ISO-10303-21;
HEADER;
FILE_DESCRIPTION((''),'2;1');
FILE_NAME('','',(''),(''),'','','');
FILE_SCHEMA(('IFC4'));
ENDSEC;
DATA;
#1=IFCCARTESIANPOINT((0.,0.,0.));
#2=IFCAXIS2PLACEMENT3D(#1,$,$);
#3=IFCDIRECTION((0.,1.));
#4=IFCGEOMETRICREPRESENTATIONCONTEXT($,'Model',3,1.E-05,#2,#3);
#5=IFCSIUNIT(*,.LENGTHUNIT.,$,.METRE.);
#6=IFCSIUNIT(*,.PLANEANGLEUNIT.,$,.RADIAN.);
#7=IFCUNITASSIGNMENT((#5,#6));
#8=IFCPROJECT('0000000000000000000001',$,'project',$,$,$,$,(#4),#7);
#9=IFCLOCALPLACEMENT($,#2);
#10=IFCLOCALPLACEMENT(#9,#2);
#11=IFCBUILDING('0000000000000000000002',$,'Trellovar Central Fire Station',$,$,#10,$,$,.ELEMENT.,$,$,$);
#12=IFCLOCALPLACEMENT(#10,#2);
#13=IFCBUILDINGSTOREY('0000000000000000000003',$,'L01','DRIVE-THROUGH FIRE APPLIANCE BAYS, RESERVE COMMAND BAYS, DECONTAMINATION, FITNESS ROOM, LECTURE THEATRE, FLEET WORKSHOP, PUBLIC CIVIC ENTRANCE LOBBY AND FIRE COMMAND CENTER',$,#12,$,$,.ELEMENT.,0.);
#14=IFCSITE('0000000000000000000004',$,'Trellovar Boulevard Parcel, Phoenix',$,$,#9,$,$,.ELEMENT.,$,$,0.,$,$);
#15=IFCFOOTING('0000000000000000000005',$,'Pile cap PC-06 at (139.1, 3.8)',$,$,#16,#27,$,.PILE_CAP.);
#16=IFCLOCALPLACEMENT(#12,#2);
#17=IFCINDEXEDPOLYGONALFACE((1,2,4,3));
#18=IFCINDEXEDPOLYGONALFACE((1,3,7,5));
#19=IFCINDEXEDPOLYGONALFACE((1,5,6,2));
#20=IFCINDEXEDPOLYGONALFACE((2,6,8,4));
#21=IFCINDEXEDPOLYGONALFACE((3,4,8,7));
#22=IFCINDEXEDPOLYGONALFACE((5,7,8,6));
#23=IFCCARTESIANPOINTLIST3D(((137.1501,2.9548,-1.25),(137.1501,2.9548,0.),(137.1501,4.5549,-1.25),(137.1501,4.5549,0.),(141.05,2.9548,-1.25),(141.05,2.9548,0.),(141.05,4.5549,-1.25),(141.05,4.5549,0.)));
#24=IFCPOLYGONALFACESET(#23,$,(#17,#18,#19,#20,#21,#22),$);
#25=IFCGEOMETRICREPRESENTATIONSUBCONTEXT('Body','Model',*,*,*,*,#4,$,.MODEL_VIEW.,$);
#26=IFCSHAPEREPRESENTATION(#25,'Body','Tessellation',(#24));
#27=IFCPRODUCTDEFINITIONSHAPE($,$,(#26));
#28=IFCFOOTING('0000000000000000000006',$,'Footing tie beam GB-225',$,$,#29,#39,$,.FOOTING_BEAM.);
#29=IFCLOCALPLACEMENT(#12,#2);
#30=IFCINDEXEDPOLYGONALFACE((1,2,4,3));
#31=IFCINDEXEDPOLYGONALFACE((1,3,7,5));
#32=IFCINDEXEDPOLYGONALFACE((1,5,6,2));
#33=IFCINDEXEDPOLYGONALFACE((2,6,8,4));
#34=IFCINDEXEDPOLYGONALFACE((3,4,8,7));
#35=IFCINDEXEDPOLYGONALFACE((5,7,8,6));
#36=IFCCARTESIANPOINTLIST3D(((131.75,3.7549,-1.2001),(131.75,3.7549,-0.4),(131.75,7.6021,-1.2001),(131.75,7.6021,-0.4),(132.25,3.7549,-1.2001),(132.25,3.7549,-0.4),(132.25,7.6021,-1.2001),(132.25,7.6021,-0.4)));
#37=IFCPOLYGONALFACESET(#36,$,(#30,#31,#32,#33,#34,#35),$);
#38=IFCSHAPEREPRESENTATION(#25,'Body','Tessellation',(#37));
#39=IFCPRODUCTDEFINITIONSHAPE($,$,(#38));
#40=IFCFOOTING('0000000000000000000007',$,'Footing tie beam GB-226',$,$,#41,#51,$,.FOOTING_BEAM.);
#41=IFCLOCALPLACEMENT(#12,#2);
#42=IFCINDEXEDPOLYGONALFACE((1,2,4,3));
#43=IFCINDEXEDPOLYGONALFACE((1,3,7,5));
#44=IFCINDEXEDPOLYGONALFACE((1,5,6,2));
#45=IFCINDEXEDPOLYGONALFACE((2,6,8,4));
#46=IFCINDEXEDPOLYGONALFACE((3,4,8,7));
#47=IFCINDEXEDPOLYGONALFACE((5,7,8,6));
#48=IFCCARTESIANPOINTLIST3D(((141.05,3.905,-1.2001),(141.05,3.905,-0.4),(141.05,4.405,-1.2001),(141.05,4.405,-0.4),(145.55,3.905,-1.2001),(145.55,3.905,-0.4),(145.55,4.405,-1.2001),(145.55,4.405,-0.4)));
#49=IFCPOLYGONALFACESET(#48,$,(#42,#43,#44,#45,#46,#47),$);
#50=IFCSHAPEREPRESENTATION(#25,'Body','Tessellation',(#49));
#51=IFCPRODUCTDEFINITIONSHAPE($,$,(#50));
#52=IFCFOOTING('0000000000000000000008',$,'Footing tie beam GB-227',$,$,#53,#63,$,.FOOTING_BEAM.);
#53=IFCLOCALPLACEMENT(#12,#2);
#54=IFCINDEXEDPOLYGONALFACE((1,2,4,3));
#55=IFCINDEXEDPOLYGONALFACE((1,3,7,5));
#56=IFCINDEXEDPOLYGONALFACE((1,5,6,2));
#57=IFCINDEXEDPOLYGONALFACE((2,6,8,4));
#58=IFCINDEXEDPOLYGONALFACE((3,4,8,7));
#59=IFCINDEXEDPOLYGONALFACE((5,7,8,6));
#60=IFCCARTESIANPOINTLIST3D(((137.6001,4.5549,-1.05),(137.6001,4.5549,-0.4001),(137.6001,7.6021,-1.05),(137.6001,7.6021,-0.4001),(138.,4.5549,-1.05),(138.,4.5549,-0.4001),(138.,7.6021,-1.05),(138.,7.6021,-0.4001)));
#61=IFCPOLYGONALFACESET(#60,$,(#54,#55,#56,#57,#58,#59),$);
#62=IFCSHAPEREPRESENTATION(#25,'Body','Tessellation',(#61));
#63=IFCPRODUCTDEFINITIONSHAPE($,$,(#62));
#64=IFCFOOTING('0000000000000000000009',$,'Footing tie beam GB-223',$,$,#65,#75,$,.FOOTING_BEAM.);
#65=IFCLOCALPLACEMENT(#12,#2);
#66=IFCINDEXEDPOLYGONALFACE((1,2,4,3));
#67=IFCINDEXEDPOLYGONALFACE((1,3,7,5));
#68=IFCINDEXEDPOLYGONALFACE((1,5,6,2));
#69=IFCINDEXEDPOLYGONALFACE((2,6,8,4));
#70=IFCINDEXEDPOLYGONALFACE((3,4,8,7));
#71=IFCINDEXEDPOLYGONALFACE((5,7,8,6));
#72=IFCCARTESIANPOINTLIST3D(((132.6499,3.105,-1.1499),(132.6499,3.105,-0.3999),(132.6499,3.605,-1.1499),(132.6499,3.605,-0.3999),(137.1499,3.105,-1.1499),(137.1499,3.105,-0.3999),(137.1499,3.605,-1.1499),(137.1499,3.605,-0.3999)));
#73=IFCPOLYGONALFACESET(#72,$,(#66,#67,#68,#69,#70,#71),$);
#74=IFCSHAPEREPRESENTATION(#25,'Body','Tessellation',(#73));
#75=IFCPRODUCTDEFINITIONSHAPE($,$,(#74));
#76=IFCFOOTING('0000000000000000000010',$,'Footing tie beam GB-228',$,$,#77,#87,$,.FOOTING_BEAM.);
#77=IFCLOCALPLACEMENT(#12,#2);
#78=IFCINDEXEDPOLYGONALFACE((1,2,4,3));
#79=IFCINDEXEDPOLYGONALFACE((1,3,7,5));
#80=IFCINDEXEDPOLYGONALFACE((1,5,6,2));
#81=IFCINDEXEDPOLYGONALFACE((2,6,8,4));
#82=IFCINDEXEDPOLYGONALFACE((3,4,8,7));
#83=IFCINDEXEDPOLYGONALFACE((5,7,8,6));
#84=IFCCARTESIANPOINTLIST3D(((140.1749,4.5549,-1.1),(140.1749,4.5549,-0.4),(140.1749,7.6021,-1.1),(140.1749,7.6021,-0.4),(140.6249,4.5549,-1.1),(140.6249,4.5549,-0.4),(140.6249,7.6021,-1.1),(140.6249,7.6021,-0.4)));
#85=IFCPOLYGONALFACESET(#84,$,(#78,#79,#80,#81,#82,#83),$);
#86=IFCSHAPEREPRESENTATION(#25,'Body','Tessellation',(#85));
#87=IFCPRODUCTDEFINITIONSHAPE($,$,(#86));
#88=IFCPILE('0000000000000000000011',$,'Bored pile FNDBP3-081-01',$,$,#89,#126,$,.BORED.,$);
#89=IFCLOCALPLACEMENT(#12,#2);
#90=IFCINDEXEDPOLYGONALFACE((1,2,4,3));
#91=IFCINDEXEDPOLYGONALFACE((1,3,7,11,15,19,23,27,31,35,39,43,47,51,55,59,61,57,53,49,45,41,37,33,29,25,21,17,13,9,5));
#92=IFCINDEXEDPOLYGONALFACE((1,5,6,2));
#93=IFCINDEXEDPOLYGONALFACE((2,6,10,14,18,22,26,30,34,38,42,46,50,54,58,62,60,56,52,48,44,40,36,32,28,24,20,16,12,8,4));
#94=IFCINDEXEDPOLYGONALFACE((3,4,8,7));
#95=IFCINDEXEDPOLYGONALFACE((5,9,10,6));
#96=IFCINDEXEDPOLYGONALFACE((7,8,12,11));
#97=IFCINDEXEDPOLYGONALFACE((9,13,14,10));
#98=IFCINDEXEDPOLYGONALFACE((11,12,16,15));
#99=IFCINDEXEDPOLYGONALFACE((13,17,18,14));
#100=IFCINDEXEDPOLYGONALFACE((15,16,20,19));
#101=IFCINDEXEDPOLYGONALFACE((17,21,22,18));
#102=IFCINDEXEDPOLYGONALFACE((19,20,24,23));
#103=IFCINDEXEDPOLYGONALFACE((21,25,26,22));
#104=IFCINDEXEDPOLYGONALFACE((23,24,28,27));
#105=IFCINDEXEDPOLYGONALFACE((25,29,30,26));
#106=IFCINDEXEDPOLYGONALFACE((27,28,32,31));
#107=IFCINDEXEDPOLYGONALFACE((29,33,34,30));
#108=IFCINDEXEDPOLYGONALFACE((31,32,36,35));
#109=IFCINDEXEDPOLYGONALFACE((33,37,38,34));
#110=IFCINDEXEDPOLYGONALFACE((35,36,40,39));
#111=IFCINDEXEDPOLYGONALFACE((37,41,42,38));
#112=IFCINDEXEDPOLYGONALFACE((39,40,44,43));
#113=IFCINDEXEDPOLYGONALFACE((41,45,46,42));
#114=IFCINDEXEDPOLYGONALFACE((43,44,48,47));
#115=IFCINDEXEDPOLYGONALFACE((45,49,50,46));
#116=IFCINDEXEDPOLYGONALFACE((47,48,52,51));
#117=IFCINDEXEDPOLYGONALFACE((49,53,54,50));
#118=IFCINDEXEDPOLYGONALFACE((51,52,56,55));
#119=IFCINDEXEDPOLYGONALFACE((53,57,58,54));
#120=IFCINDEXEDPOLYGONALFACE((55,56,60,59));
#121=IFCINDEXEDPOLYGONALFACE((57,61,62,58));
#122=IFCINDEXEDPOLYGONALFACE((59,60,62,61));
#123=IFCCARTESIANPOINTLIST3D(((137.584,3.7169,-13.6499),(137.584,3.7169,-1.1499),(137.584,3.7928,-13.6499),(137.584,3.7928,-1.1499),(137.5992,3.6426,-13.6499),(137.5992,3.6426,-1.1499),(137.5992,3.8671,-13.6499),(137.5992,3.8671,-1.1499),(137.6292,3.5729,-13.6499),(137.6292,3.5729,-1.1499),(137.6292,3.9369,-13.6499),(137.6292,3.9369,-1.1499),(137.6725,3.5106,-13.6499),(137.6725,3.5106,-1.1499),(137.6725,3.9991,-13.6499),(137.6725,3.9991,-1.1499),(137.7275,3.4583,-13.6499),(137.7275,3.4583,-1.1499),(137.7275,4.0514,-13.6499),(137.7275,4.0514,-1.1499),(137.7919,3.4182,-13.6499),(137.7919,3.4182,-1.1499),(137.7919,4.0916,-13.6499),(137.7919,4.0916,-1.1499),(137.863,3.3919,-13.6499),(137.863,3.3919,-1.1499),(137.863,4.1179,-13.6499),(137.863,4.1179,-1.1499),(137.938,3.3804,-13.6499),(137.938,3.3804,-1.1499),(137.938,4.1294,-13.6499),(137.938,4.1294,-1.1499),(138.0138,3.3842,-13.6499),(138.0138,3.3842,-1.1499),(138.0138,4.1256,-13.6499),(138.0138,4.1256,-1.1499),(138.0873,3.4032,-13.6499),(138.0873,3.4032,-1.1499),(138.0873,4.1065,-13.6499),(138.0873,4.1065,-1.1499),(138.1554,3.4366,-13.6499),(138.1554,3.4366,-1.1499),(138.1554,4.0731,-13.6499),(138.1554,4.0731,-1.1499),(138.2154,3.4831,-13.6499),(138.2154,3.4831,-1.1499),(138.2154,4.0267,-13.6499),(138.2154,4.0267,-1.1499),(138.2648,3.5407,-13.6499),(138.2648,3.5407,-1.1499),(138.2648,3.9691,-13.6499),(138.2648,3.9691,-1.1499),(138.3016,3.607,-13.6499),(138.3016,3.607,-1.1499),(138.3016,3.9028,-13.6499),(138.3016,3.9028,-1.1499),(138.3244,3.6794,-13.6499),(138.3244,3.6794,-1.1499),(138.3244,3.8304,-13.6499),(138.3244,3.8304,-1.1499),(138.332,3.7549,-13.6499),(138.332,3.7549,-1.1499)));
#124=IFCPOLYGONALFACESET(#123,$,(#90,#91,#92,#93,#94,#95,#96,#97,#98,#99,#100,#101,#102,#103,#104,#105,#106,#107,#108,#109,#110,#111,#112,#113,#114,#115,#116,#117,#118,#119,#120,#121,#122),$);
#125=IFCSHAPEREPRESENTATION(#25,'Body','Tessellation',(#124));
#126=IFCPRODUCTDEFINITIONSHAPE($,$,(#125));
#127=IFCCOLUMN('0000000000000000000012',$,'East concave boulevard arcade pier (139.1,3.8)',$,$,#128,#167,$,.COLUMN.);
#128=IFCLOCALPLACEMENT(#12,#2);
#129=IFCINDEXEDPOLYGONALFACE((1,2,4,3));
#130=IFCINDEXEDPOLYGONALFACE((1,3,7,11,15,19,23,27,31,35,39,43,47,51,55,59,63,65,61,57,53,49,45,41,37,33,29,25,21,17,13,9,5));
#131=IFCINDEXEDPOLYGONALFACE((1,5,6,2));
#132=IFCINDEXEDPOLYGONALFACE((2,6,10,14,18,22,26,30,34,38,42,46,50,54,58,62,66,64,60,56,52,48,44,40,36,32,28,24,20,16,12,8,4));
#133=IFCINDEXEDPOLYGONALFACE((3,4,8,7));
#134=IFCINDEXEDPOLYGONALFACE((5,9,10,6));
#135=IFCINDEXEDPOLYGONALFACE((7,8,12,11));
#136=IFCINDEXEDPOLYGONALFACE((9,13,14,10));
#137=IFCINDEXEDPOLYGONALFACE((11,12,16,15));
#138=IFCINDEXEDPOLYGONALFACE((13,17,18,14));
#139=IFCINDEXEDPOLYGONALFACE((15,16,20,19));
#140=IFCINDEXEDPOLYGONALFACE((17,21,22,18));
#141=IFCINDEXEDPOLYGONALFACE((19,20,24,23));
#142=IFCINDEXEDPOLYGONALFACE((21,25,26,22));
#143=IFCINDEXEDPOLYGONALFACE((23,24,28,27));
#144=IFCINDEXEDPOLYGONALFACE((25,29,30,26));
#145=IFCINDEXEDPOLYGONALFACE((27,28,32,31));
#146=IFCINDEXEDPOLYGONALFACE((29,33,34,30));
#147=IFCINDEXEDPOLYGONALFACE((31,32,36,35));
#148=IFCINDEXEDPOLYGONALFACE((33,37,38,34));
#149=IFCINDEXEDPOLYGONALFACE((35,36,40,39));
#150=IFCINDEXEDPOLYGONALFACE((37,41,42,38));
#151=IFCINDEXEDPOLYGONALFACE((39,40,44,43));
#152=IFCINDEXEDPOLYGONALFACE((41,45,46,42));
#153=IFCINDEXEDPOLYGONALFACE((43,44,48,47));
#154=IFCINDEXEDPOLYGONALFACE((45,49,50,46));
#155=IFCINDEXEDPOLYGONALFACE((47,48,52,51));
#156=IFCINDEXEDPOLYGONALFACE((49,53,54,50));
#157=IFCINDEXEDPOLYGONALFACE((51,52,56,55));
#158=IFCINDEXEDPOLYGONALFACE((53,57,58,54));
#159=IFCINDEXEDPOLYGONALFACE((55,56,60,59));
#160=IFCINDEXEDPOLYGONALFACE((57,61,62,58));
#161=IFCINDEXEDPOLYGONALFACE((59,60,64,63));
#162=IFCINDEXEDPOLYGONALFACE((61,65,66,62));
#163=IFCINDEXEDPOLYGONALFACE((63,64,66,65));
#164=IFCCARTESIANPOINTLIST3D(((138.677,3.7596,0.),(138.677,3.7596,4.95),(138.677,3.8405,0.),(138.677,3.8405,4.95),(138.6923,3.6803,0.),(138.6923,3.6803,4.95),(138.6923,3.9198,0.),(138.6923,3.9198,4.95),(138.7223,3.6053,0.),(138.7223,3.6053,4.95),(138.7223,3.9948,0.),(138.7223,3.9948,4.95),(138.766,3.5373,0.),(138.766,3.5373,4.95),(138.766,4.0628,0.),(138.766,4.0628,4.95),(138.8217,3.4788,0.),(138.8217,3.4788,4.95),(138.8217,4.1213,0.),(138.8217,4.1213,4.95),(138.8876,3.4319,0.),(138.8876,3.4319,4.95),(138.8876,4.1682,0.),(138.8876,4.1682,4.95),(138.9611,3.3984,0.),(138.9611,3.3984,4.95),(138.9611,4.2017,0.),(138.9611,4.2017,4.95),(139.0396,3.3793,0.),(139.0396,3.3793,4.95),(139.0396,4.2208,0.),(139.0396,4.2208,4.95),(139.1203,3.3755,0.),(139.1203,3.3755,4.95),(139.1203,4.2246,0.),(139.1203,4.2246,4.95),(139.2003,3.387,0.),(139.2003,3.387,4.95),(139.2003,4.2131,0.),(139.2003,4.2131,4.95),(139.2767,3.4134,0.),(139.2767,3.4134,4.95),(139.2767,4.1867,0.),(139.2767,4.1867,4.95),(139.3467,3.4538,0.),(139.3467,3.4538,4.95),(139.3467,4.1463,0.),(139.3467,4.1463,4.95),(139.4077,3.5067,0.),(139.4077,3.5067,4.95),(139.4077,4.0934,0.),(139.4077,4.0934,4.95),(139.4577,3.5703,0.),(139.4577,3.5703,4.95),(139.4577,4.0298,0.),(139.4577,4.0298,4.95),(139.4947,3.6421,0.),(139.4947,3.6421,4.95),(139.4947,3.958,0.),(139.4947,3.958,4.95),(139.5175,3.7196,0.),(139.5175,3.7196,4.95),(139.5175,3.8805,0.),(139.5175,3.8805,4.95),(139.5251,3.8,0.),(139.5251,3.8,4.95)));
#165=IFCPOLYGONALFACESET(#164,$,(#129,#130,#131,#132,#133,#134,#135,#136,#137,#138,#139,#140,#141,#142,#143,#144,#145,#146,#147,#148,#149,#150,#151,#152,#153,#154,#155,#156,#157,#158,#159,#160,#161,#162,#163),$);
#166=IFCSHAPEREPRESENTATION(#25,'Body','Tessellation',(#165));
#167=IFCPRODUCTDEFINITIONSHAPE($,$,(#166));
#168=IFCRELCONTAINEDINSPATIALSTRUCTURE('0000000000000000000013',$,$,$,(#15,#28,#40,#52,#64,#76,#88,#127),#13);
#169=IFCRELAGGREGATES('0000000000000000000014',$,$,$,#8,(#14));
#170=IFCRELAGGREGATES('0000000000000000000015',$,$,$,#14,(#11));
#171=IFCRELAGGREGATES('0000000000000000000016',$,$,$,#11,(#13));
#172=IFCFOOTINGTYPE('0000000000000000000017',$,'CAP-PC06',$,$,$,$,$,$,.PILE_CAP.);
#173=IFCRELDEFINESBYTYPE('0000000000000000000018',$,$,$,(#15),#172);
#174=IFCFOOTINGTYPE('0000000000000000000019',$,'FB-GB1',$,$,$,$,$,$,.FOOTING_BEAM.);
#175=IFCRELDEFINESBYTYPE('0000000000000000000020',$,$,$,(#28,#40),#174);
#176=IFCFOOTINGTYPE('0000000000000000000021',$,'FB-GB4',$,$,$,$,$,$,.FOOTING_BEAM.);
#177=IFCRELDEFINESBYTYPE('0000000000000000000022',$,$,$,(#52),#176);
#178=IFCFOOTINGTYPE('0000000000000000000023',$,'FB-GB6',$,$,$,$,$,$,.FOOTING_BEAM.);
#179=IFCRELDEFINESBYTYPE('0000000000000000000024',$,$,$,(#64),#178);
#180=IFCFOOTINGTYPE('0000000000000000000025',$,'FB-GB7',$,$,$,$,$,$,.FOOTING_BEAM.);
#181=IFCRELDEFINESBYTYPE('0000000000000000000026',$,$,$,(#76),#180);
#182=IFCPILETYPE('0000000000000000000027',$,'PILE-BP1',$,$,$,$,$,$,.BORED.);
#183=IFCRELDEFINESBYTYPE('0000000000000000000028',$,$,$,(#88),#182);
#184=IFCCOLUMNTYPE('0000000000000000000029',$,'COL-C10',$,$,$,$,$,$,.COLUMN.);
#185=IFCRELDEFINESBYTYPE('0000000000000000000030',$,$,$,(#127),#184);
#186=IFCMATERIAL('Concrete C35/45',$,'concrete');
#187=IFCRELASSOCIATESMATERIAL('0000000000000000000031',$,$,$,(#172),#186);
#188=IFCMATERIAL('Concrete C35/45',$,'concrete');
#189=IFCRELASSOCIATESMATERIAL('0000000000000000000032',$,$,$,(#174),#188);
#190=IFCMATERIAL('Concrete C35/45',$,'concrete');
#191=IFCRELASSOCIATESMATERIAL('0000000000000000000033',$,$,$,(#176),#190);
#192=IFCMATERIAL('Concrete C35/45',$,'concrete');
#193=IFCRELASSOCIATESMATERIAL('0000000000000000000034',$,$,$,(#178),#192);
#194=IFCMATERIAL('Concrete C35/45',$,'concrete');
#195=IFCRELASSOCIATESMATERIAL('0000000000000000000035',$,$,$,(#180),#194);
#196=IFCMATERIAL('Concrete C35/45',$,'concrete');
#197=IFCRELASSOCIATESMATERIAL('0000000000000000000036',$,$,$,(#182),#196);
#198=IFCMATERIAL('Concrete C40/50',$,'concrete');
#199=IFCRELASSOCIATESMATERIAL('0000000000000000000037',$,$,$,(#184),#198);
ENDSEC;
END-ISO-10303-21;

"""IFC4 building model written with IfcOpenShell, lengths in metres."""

from ifc_helpers import new_model, si_unit, direction, frame, origin, origin_2d, place, context, subcontext, project, spatial, rectangle, circle, extrude, material, material_profile, profile_set, type_object, element, save


model = new_model("IFC4")

# Units and contexts
model_context = context("Model", 3, precision=1e-05, world=origin(), true_north=direction((0.0, 1.0)))
body_context = subcontext(model_context, "Body", "Model", "MODEL_VIEW")
ifc_project = project(units=[si_unit("LENGTHUNIT", "METRE"), si_unit("PLANEANGLEUNIT", "RADIAN")], contexts=[model_context])

# Site, building, storey
site_placement = place(None, origin())
site = spatial("IfcSite", under=ifc_project, at=site_placement, Name="Trellovar Boulevard Parcel, Phoenix", CompositionType="ELEMENT", RefElevation=0.0)
building_placement = place(site_placement, origin())
building = spatial("IfcBuilding", under=site, at=building_placement, Name="Trellovar Central Fire Station", CompositionType="ELEMENT")
storey_placement = place(building_placement, origin())
storey = spatial("IfcBuildingStorey", under=building, at=storey_placement, Name="L01", Description="DRIVE-THROUGH FIRE APPLIANCE BAYS, RESERVE COMMAND BAYS, DECONTAMINATION, FITNESS ROOM, LECTURE THEATRE, FLEET WORKSHOP, PUBLIC CIVIC ENTRANCE LOBBY AND FIRE COMMAND CENTER", CompositionType="ELEMENT", Elevation=0.0)

# Footings
ifc_material_1 = material(Name="Concrete C35/45", Category="concrete")
footing_type_1 = type_object("IfcFootingType", Name="CAP-PC06", PredefinedType="PILE_CAP", material=ifc_material_1)
footing_1_placement = place(storey_placement, frame((139.1001, 3.7549, -1.25), z_axis=(0.0, 0.0, 1.0), x_axis=(1.0, 0.0, 0.0)))
element("IfcFooting", 1, at=footing_1_placement, inside=storey, type_object=footing_type_1, Name="Pile cap PC-06 at (139.1, 3.8)", PredefinedType="PILE_CAP", context=body_context, shape_type="SweptSolid", body=[
    extrude(rectangle(XDim=3.8999, YDim=1.6001, at=origin_2d()), origin(), (0.0, 0.0, 1.0), 1.25),
])
ifc_material_2 = material(Name="Concrete C35/45", Category="concrete")
ifc_material_profile_1 = material_profile(ifc_material_2, rectangle(XDim=0.5, YDim=0.8, at=origin_2d()), Name="RC500X800")
ifc_profile_set_1 = profile_set([ifc_material_profile_1], Name="Concrete C35/45")
footing_type_2 = type_object("IfcFootingType", Name="FB-GB1", PredefinedType="FOOTING_BEAM", material=ifc_profile_set_1)
footing_2_placement = place(storey_placement, frame((132.0, 3.7549, -0.8), z_axis=(0.0, 1.0, 0.0), x_axis=(-1.0, 0.0, 0.0)))
element("IfcFooting", 2, at=footing_2_placement, inside=storey, type_object=footing_type_2, Name="Footing tie beam GB-225", PredefinedType="FOOTING_BEAM", context=body_context, shape_type="SweptSolid", body=[
    extrude(rectangle(XDim=0.5, YDim=0.8, at=origin_2d()), origin(), (0.0, 0.0, 1.0), 3.8472),
])
footing_3_placement = place(storey_placement, frame((141.05, 4.155, -0.8), z_axis=(1.0, 0.0, 0.0), x_axis=(0.0, 1.0, 0.0)))
element("IfcFooting", 3, at=footing_3_placement, inside=storey, type_object=footing_type_2, Name="Footing tie beam GB-226", PredefinedType="FOOTING_BEAM", context=body_context, shape_type="SweptSolid", body=[
    extrude(rectangle(XDim=0.5, YDim=0.8, at=origin_2d()), origin(), (0.0, 0.0, 1.0), 4.5),
])
ifc_material_3 = material(Name="Concrete C35/45", Category="concrete")
ifc_material_profile_2 = material_profile(ifc_material_3, rectangle(XDim=0.3999, YDim=0.6499, at=origin_2d()), Name="RC400X650")
ifc_profile_set_2 = profile_set([ifc_material_profile_2], Name="Concrete C35/45")
footing_type_3 = type_object("IfcFootingType", Name="FB-GB4", PredefinedType="FOOTING_BEAM", material=ifc_profile_set_2)
footing_4_placement = place(storey_placement, frame((137.8, 4.5549, -0.7251), z_axis=(0.0, 1.0, 0.0), x_axis=(-1.0, 0.0, 0.0)))
element("IfcFooting", 4, at=footing_4_placement, inside=storey, type_object=footing_type_3, Name="Footing tie beam GB-227", PredefinedType="FOOTING_BEAM", context=body_context, shape_type="SweptSolid", body=[
    extrude(rectangle(XDim=0.3999, YDim=0.6499, at=origin_2d()), origin(), (0.0, 0.0, 1.0), 3.0471),
])
ifc_material_4 = material(Name="Concrete C35/45", Category="concrete")
ifc_material_profile_3 = material_profile(ifc_material_4, rectangle(XDim=0.5, YDim=0.75, at=origin_2d()), Name="RC500X750")
ifc_profile_set_3 = profile_set([ifc_material_profile_3], Name="Concrete C35/45")
footing_type_4 = type_object("IfcFootingType", Name="FB-GB6", PredefinedType="FOOTING_BEAM", material=ifc_profile_set_3)
footing_5_placement = place(storey_placement, frame((132.6499, 3.355, -0.7749), z_axis=(1.0, 0.0, 0.0), x_axis=(0.0, 1.0, 0.0)))
element("IfcFooting", 5, at=footing_5_placement, inside=storey, type_object=footing_type_4, Name="Footing tie beam GB-223", PredefinedType="FOOTING_BEAM", context=body_context, shape_type="SweptSolid", body=[
    extrude(rectangle(XDim=0.5, YDim=0.75, at=origin_2d()), origin(), (0.0, 0.0, 1.0), 4.5),
])
ifc_material_5 = material(Name="Concrete C35/45", Category="concrete")
ifc_material_profile_4 = material_profile(ifc_material_5, rectangle(XDim=0.45, YDim=0.7, at=origin_2d()), Name="RC450X700")
ifc_profile_set_4 = profile_set([ifc_material_profile_4], Name="Concrete C35/45")
footing_type_5 = type_object("IfcFootingType", Name="FB-GB7", PredefinedType="FOOTING_BEAM", material=ifc_profile_set_4)
footing_6_placement = place(storey_placement, frame((140.3999, 4.5549, -0.75), z_axis=(0.0, 1.0, 0.0), x_axis=(-1.0, 0.0, 0.0)))
element("IfcFooting", 6, at=footing_6_placement, inside=storey, type_object=footing_type_5, Name="Footing tie beam GB-228", PredefinedType="FOOTING_BEAM", context=body_context, shape_type="SweptSolid", body=[
    extrude(rectangle(XDim=0.45, YDim=0.7, at=origin_2d()), origin(), (0.0, 0.0, 1.0), 3.0471),
])

# Pile
ifc_material_6 = material(Name="Concrete C35/45", Category="concrete")
ifc_material_profile_5 = material_profile(ifc_material_6, circle(Radius=0.375, at=origin_2d()), Name="PILE750")
ifc_profile_set_5 = profile_set([ifc_material_profile_5], Name="Concrete C35/45")
pile_type = type_object("IfcPileType", Name="PILE-BP1", PredefinedType="BORED", material=ifc_profile_set_5)
pile_placement = place(storey_placement, frame((137.957, 3.7549, -1.1499), z_axis=(0.0, 0.0, -1.0), x_axis=(1.0, 0.0, 0.0)))
element("IfcPile", 7, at=pile_placement, inside=storey, type_object=pile_type, Name="Bored pile FNDBP3-081-01", PredefinedType="BORED", context=body_context, shape_type="SweptSolid", body=[
    extrude(circle(Radius=0.375, at=origin_2d()), origin(), (0.0, 0.0, 1.0), 12.5),
])

# Column
ifc_material_7 = material(Name="Concrete C40/50", Category="concrete")
ifc_material_profile_6 = material_profile(ifc_material_7, circle(Radius=0.425, at=origin_2d()), Name="RCD850")
ifc_profile_set_6 = profile_set([ifc_material_profile_6], Name="Concrete C40/50")
column_type = type_object("IfcColumnType", Name="COL-C10", PredefinedType="COLUMN", material=ifc_profile_set_6)
column_placement = place(storey_placement, frame((139.1001, 3.8, 0.0), z_axis=(0.0, 0.0, 1.0), x_axis=(1.0, 0.0, 0.0)))
element("IfcColumn", 8, at=column_placement, inside=storey, type_object=column_type, Name="East concave boulevard arcade pier (139.1,3.8)", PredefinedType="COLUMN", context=body_context, shape_type="SweptSolid", body=[
    extrude(circle(Radius=0.425, at=origin_2d()), origin(), (0.0, 0.0, 1.0), 4.95),
])

save(model, "model.ifc")
